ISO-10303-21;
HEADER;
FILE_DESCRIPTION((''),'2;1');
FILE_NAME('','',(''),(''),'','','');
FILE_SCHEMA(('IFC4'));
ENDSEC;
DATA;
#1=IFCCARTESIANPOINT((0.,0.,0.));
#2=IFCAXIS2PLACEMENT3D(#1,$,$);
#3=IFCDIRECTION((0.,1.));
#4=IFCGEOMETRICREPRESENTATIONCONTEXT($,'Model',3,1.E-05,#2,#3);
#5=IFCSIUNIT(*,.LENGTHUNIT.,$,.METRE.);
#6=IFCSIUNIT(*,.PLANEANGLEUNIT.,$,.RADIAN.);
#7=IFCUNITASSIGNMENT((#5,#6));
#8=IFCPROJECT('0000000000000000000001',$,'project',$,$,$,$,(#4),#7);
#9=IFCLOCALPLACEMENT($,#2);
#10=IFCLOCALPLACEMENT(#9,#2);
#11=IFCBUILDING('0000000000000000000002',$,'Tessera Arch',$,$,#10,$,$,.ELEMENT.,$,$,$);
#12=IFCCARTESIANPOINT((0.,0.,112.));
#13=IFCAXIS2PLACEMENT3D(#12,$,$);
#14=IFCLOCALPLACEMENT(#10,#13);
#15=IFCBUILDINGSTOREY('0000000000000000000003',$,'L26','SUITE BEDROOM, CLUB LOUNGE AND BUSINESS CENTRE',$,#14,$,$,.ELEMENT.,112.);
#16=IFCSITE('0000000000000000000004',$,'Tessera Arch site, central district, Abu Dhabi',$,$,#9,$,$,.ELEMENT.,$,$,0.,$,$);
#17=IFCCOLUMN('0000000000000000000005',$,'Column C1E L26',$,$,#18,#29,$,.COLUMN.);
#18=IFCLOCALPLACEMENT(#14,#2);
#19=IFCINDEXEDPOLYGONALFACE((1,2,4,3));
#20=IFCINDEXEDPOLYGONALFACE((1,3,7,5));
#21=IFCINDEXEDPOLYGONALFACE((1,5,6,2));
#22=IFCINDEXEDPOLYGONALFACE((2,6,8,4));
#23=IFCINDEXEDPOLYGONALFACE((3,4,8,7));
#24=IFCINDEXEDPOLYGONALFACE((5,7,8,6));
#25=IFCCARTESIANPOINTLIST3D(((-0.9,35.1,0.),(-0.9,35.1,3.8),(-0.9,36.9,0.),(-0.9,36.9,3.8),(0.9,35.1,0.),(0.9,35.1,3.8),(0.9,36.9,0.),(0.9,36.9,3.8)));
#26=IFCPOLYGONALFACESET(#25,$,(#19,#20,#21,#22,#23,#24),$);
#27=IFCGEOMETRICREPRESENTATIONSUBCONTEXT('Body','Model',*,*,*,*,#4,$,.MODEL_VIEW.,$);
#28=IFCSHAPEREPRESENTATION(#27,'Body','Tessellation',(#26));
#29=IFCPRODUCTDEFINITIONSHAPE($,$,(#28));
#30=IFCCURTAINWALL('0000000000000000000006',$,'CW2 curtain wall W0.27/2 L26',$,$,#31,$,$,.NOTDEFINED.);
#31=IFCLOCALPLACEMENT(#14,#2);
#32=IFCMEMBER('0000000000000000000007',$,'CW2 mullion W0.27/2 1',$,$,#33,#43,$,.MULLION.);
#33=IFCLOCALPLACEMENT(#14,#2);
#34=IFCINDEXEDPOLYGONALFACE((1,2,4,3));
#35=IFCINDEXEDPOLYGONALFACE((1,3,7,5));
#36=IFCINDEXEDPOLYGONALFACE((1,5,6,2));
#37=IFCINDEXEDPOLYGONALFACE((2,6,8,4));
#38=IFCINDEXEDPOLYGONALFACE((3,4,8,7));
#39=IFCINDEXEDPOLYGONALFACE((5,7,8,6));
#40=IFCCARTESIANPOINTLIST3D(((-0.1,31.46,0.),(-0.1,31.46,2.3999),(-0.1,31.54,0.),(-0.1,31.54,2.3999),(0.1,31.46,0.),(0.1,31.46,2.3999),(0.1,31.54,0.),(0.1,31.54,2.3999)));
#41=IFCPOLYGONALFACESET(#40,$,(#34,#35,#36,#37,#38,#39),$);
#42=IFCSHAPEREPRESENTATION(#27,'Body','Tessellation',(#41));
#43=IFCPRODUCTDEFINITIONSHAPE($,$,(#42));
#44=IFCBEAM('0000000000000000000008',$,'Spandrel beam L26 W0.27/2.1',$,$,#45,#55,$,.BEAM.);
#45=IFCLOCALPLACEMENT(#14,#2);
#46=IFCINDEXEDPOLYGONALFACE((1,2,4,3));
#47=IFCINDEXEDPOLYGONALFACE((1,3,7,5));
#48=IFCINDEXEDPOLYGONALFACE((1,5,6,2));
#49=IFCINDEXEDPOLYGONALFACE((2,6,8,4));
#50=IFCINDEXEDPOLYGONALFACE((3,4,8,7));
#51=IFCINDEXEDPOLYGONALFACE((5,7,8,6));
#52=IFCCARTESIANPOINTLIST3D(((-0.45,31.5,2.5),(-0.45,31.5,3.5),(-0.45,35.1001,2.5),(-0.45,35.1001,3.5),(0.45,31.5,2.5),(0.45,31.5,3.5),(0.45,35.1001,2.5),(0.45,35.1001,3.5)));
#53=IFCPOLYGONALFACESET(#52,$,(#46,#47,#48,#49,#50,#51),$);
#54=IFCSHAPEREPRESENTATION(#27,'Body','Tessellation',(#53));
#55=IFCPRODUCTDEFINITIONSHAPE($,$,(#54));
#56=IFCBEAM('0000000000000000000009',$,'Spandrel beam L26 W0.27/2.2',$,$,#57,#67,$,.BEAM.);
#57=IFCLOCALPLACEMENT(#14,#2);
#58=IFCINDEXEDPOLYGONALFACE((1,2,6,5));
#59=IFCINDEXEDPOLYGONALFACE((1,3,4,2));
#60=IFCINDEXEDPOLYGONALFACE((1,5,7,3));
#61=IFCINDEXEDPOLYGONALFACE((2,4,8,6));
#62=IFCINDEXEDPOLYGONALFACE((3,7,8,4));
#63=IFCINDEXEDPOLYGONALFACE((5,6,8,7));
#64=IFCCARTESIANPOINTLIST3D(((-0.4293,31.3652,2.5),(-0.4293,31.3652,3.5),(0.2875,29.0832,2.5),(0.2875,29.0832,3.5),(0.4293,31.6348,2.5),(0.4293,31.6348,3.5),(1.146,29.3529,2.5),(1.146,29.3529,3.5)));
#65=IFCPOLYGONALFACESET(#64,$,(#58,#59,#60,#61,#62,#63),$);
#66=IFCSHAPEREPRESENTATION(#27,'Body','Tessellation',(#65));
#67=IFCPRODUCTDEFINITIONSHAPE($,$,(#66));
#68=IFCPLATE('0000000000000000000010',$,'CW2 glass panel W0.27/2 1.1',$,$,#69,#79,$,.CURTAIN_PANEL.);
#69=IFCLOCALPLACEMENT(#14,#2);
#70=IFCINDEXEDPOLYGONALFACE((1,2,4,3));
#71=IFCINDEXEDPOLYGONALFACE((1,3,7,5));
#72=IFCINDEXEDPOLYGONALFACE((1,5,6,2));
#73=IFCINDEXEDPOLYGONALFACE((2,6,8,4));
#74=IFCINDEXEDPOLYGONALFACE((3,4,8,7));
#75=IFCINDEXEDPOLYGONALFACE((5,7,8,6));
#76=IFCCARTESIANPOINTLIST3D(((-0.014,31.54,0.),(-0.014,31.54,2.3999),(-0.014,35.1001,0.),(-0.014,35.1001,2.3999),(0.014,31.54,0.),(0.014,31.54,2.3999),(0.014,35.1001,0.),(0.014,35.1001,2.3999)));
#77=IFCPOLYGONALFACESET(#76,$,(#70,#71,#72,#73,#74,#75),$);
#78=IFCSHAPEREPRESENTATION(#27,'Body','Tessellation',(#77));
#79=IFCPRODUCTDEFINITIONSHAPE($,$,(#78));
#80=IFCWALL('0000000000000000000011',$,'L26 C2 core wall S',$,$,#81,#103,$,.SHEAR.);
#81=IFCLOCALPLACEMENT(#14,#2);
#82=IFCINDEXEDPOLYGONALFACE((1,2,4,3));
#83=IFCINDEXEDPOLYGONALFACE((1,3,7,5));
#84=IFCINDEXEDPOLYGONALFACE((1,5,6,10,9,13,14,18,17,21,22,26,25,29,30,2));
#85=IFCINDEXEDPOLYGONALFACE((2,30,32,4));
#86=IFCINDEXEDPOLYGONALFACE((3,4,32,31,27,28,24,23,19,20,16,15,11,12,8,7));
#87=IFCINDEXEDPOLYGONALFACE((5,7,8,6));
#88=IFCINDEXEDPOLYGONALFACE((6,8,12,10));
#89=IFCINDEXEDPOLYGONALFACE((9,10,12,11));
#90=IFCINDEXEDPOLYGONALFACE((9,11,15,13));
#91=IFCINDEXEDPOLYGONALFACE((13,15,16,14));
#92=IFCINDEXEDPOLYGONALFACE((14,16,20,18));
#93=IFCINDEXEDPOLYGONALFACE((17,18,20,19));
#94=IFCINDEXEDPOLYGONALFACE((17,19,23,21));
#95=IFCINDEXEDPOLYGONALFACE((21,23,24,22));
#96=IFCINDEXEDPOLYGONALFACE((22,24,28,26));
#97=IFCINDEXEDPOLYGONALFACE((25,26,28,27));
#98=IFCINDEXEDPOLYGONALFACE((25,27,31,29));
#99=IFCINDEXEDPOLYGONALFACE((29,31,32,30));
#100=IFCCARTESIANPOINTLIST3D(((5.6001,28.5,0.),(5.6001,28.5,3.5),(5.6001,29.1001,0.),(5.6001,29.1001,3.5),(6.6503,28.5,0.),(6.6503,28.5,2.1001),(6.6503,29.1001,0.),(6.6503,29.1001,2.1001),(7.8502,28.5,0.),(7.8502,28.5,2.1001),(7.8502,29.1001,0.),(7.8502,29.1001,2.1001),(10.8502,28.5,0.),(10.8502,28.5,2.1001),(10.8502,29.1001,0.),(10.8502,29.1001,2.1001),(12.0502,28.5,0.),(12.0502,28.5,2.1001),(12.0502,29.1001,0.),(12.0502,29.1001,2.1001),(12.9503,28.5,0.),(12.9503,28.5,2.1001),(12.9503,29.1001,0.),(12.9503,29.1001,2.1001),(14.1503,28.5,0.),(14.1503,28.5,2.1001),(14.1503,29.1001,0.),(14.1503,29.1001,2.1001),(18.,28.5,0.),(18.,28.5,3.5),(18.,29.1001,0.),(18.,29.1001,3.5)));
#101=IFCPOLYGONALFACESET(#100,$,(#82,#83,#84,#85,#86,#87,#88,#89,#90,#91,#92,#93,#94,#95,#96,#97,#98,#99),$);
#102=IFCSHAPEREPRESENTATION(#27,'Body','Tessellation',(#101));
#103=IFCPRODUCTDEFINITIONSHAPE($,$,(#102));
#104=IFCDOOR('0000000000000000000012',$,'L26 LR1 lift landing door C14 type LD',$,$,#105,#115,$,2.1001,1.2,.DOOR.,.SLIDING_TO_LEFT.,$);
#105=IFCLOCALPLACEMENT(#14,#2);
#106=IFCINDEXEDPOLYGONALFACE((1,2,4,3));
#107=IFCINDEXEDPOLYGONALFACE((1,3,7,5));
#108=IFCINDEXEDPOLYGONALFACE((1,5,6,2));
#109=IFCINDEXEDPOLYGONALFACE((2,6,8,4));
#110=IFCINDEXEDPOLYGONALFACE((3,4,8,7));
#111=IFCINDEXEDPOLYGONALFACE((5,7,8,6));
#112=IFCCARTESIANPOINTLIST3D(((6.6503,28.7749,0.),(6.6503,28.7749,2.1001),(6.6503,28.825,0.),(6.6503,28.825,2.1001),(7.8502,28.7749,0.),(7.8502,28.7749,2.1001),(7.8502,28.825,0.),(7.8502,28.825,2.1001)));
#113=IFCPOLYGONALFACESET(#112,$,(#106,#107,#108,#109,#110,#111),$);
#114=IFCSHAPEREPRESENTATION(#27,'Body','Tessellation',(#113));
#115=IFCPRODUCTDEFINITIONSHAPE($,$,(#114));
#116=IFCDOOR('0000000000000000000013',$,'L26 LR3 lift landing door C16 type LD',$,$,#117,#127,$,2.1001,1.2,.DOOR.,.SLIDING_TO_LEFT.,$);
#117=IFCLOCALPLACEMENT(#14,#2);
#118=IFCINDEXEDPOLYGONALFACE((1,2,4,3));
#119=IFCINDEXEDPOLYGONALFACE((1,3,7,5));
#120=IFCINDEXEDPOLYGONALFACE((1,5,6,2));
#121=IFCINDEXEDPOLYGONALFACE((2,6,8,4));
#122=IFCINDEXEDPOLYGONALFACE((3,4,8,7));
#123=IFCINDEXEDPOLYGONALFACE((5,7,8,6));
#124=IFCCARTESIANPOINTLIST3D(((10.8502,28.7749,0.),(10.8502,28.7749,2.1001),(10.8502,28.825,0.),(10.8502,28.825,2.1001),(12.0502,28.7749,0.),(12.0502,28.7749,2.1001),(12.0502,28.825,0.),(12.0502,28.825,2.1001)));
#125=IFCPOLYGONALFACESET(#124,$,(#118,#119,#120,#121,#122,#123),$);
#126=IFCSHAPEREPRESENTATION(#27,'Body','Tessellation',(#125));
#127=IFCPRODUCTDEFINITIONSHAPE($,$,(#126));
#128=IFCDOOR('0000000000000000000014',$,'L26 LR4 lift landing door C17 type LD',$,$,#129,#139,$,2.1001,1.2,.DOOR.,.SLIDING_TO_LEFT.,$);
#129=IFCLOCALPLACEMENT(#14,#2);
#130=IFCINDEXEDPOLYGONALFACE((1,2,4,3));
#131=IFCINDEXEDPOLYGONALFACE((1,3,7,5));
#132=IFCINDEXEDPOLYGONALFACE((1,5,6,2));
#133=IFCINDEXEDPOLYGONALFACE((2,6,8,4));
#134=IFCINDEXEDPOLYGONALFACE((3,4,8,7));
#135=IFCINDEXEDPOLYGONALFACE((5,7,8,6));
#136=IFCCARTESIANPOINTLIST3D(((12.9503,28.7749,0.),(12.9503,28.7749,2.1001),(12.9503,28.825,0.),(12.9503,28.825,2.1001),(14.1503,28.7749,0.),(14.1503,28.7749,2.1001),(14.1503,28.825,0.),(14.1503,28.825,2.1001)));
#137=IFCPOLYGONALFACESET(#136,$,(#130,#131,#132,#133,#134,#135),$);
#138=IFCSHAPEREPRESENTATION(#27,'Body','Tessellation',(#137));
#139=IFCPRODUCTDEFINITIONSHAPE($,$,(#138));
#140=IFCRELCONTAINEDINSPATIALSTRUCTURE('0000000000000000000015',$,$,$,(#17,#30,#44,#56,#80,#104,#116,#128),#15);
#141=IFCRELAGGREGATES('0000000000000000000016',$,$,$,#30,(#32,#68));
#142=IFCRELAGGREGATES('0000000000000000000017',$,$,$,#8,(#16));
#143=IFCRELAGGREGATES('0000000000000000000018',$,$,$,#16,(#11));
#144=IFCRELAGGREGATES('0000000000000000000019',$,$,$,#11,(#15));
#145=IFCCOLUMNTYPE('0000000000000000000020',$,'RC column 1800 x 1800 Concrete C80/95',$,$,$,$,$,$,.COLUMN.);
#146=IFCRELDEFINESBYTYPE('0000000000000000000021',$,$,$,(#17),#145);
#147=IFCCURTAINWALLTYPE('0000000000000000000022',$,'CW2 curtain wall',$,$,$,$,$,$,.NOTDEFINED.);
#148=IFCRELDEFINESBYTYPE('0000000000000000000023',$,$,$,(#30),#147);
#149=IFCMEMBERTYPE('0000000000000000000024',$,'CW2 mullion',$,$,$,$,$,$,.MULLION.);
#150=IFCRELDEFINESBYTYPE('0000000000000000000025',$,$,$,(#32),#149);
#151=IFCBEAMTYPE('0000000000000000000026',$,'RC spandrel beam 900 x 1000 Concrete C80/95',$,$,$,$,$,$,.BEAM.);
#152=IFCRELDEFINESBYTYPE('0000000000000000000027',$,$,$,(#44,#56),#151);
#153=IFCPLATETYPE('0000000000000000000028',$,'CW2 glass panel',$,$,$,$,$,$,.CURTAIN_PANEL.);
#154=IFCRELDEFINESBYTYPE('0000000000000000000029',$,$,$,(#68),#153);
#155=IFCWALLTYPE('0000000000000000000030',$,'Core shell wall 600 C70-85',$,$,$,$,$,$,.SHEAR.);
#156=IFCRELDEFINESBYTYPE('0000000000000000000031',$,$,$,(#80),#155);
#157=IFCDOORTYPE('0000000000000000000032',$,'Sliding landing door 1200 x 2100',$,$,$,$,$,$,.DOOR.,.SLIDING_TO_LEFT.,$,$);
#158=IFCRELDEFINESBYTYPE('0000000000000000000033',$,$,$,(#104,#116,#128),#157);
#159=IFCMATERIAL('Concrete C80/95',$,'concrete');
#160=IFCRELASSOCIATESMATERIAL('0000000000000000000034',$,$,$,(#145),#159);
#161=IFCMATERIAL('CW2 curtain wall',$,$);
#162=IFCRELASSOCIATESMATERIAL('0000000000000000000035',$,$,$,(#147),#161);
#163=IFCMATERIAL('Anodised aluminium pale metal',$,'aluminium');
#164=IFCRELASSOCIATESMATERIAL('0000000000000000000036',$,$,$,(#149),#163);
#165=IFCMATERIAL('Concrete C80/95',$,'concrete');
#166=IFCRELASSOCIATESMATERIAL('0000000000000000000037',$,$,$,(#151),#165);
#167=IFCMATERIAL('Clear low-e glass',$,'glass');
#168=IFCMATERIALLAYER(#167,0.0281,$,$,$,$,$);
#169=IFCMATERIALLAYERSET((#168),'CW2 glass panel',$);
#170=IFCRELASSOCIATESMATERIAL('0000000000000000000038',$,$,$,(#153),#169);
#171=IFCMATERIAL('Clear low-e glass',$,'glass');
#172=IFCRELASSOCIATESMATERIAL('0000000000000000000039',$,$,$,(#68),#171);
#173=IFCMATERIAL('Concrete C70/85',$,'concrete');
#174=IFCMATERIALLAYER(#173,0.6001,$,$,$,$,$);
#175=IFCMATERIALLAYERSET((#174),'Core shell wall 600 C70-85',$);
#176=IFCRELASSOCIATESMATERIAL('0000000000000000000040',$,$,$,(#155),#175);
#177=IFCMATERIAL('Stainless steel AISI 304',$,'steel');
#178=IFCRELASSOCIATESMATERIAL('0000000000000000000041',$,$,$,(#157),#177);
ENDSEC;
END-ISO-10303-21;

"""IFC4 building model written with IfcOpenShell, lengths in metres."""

from ifc_helpers import new_model, si_unit, direction, frame, frame_2d, origin, origin_2d, place, context, subcontext, project, spatial, rectangle, extrude, material, layer, layer_set, material_profile, profile_set, type_object, element, fill, aggregate, save


model = new_model("IFC4")

# Units and contexts
model_context = context("Model", 3, precision=1e-05, world=origin(), true_north=direction((0.0, 1.0)))
body_context = subcontext(model_context, "Body", "Model", "MODEL_VIEW")
ifc_project = project(units=[si_unit("LENGTHUNIT", "METRE"), si_unit("PLANEANGLEUNIT", "RADIAN")], contexts=[model_context])

# Site, building, storey
site_placement = place(None, origin())
site = spatial("IfcSite", under=ifc_project, at=site_placement, Name="Tessera Arch site, central district, Abu Dhabi", CompositionType="ELEMENT", RefElevation=0.0)
building_placement = place(site_placement, origin())
building = spatial("IfcBuilding", under=site, at=building_placement, Name="Tessera Arch", CompositionType="ELEMENT")
storey_placement = place(building_placement, frame((0.0, 0.0, 112.0)))
storey = spatial("IfcBuildingStorey", under=building, at=storey_placement, Name="L26", Description="SUITE BEDROOM, CLUB LOUNGE AND BUSINESS CENTRE", CompositionType="ELEMENT", Elevation=112.0)

# Column
ifc_material_1 = material(Name="Concrete C80/95", Category="concrete")
ifc_material_profile_1 = material_profile(ifc_material_1, rectangle(XDim=1.8, YDim=1.8, at=origin_2d()), Name="RC column 1800 x 1800 Concrete C80/95")
ifc_profile_set_1 = profile_set([ifc_material_profile_1], Name="Concrete C80/95")
column_type = type_object("IfcColumnType", Name="RC column 1800 x 1800 Concrete C80/95", PredefinedType="COLUMN", material=ifc_profile_set_1)
column_placement = place(storey_placement, frame((0.0, 36.0, 0.0), z_axis=(0.0, 0.0, 1.0), x_axis=(1.0, 0.0, 0.0)))
element("IfcColumn", 1, at=column_placement, inside=storey, type_object=column_type, Name="Column C1E L26", PredefinedType="COLUMN", context=body_context, shape_type="SweptSolid", body=[
    extrude(rectangle(XDim=1.8, YDim=1.8, at=origin_2d()), origin(), (0.0, 0.0, 1.0), 3.8),
])

# Curtain wall, member
ifc_material_2 = material(Name="CW2 curtain wall")
curtain_wall_type = type_object("IfcCurtainWallType", Name="CW2 curtain wall", PredefinedType="NOTDEFINED", material=ifc_material_2)
curtain_wall_placement = place(storey_placement, origin())
curtain_wall = element("IfcCurtainWall", 2, at=curtain_wall_placement, inside=storey, type_object=curtain_wall_type, Name="CW2 curtain wall W0.27/2 L26", PredefinedType="NOTDEFINED")
ifc_material_3 = material(Name="Anodised aluminium pale metal", Category="aluminium")
ifc_material_profile_2 = material_profile(ifc_material_3, rectangle(XDim=0.2, YDim=0.0801, at=origin_2d()), Name="AL 80x200")
ifc_profile_set_2 = profile_set([ifc_material_profile_2], Name="Anodised aluminium pale metal")
member_type = type_object("IfcMemberType", Name="CW2 mullion", PredefinedType="MULLION", material=ifc_profile_set_2)
member_placement = place(storey_placement, frame((0.0, 31.5, 0.0), z_axis=(0.0, 0.0, 1.0), x_axis=(1.0, 0.0, 0.0)))
member = element("IfcMember", 3, at=member_placement, type_object=member_type, Name="CW2 mullion W0.27/2 1", PredefinedType="MULLION", context=body_context, shape_type="SweptSolid", body=[
    extrude(rectangle(XDim=0.2, YDim=0.0801, at=origin_2d()), origin(), (0.0, 0.0, 1.0), 2.3999),
])

# Beams
ifc_material_4 = material(Name="Concrete C80/95", Category="concrete")
ifc_material_profile_3 = material_profile(ifc_material_4, rectangle(XDim=0.8999, YDim=1.0, at=origin_2d()), Name="RC spandrel beam 900 x 1000 Concrete C80/95")
ifc_profile_set_3 = profile_set([ifc_material_profile_3], Name="Concrete C80/95")
beam_type = type_object("IfcBeamType", Name="RC spandrel beam 900 x 1000 Concrete C80/95", PredefinedType="BEAM", material=ifc_profile_set_3)
beam_1_placement = place(storey_placement, frame((0.0, 35.1001, 3.0), z_axis=(0.0, -1.0, 0.0), x_axis=(1.0, 0.0, 0.0)))
element("IfcBeam", 4, at=beam_1_placement, inside=storey, type_object=beam_type, Name="Spandrel beam L26 W0.27/2.1", PredefinedType="BEAM", context=body_context, shape_type="SweptSolid", body=[
    extrude(rectangle(XDim=0.8999, YDim=1.0, at=origin_2d()), origin(), (0.0, 0.0, 1.0), 3.6001),
])
beam_2_placement = place(storey_placement, frame((0.0, 31.5, 3.0), z_axis=(0.299675, -0.954041, 0.0), x_axis=(0.954041, 0.299675, 0.0)))
element("IfcBeam", 5, at=beam_2_placement, inside=storey, type_object=beam_type, Name="Spandrel beam L26 W0.27/2.2", PredefinedType="BEAM", context=body_context, shape_type="SweptSolid", body=[
    extrude(rectangle(XDim=0.8999, YDim=1.0, at=origin_2d()), origin(), (0.0, 0.0, 1.0), 2.3918),
])

# Plate
ifc_material_5 = material(Name="Clear low-e glass", Category="glass")
ifc_material_6 = material(Name="Clear low-e glass", Category="glass")
ifc_layer_1 = layer(ifc_material_6, 0.0281)
ifc_layer_set_1 = layer_set([ifc_layer_1], Name="CW2 glass panel")
plate_type = type_object("IfcPlateType", Name="CW2 glass panel", PredefinedType="CURTAIN_PANEL", material=ifc_layer_set_1)
plate_placement = place(storey_placement, frame((0.0, 33.3201, 0.0), z_axis=(0.0, 0.0, 1.0), x_axis=(0.0, -1.0, 0.0)))
plate = element("IfcPlate", 6, at=plate_placement, type_object=plate_type, material=ifc_material_5, Name="CW2 glass panel W0.27/2 1.1", PredefinedType="CURTAIN_PANEL", context=body_context, shape_type="SweptSolid", body=[
    extrude(rectangle(XDim=3.5601, YDim=0.0281, at=origin_2d()), origin(), (0.0, 0.0, 1.0), 2.3999),
])
aggregate(curtain_wall, [member, plate])

# Wall, openings, doors
ifc_material_7 = material(Name="Concrete C70/85", Category="concrete")
ifc_layer_2 = layer(ifc_material_7, 0.6001)
ifc_layer_set_2 = layer_set([ifc_layer_2], Name="Core shell wall 600 C70-85")
wall_type_1 = type_object("IfcWallType", Name="Core shell wall 600 C70-85", PredefinedType="SHEAR", material=ifc_layer_set_2)
wall_1_placement = place(storey_placement, frame((5.6001, 28.8, 0.0), z_axis=(0.0, 0.0, 1.0), x_axis=(1.0, 0.0, 0.0)))
wall_1 = element("IfcWall", 7, at=wall_1_placement, inside=storey, type_object=wall_type_1, Name="L26 C2 core wall S", PredefinedType="SHEAR", context=body_context, shape_type="SweptSolid", body=[
    extrude(rectangle(XDim=12.3999, YDim=0.6001, at=frame_2d((6.2, 0.0))), origin(), (0.0, 0.0, 1.0), 3.5),
])
opening_1_placement = place(wall_1_placement, frame((1.05, 0.0, 0.0)))
opening_1 = element("IfcOpeningElement", 8, at=opening_1_placement, cuts=wall_1, PredefinedType="OPENING", context=body_context, shape_type="SweptSolid", body=[
    extrude(rectangle(XDim=1.2, YDim=2.1001, at=frame_2d((0.6001, 1.05))), frame((0.0, 0.3101, 0.0), z_axis=(0.0, -1.0, 0.0), x_axis=(1.0, 0.0, 0.0)), (0.0, 0.0, 1.0), 0.6201),
])
opening_2_placement = place(wall_1_placement, frame((5.25, 0.0, 0.0)))
opening_2 = element("IfcOpeningElement", 9, at=opening_2_placement, cuts=wall_1, PredefinedType="OPENING", context=body_context, shape_type="SweptSolid", body=[
    extrude(rectangle(XDim=1.2, YDim=2.1001, at=frame_2d((0.6001, 1.05))), frame((0.0, 0.3101, 0.0), z_axis=(0.0, -1.0, 0.0), x_axis=(1.0, 0.0, 0.0)), (0.0, 0.0, 1.0), 0.6201),
])
opening_3_placement = place(wall_1_placement, frame((7.3501, 0.0, 0.0)))
opening_3 = element("IfcOpeningElement", 10, at=opening_3_placement, cuts=wall_1, PredefinedType="OPENING", context=body_context, shape_type="SweptSolid", body=[
    extrude(rectangle(XDim=1.2, YDim=2.1001, at=frame_2d((0.6001, 1.05))), frame((0.0, 0.3101, 0.0), z_axis=(0.0, -1.0, 0.0), x_axis=(1.0, 0.0, 0.0)), (0.0, 0.0, 1.0), 0.6201),
])
ifc_material_8 = material(Name="Stainless steel AISI 304", Category="steel")
door_type_1 = type_object("IfcDoorType", Name="Sliding landing door 1200 x 2100", OperationType="SLIDING_TO_LEFT", PredefinedType="DOOR", material=ifc_material_8)
door_1_placement = place(opening_1_placement, origin())
door_1 = element("IfcDoor", 11, at=door_1_placement, inside=storey, type_object=door_type_1, Name="L26 LR1 lift landing door C14 type LD", OperationType="SLIDING_TO_LEFT", OverallHeight=2.1001, OverallWidth=1.2, PredefinedType="DOOR", context=body_context, shape_type="SweptSolid", body=[
    extrude(rectangle(XDim=1.2, YDim=2.1001, at=frame_2d((0.6001, 1.05))), frame((0.0, 0.0249, 0.0), z_axis=(0.0, -1.0, 0.0), x_axis=(1.0, 0.0, 0.0)), (0.0, 0.0, 1.0), 0.05),
])
fill(opening_1, door_1)
door_2_placement = place(opening_2_placement, origin())
door_2 = element("IfcDoor", 12, at=door_2_placement, inside=storey, type_object=door_type_1, Name="L26 LR3 lift landing door C16 type LD", OperationType="SLIDING_TO_LEFT", OverallHeight=2.1001, OverallWidth=1.2, PredefinedType="DOOR", context=body_context, shape_type="SweptSolid", body=[
    extrude(rectangle(XDim=1.2, YDim=2.1001, at=frame_2d((0.6001, 1.05))), frame((0.0, 0.0249, 0.0), z_axis=(0.0, -1.0, 0.0), x_axis=(1.0, 0.0, 0.0)), (0.0, 0.0, 1.0), 0.05),
])
fill(opening_2, door_2)
door_3_placement = place(opening_3_placement, origin())
door_3 = element("IfcDoor", 13, at=door_3_placement, inside=storey, type_object=door_type_1, Name="L26 LR4 lift landing door C17 type LD", OperationType="SLIDING_TO_LEFT", OverallHeight=2.1001, OverallWidth=1.2, PredefinedType="DOOR", context=body_context, shape_type="SweptSolid", body=[
    extrude(rectangle(XDim=1.2, YDim=2.1001, at=frame_2d((0.6001, 1.05))), frame((0.0, 0.0249, 0.0), z_axis=(0.0, -1.0, 0.0), x_axis=(1.0, 0.0, 0.0)), (0.0, 0.0, 1.0), 0.05),
])
fill(opening_3, door_3)

save(model, "model.ifc")
